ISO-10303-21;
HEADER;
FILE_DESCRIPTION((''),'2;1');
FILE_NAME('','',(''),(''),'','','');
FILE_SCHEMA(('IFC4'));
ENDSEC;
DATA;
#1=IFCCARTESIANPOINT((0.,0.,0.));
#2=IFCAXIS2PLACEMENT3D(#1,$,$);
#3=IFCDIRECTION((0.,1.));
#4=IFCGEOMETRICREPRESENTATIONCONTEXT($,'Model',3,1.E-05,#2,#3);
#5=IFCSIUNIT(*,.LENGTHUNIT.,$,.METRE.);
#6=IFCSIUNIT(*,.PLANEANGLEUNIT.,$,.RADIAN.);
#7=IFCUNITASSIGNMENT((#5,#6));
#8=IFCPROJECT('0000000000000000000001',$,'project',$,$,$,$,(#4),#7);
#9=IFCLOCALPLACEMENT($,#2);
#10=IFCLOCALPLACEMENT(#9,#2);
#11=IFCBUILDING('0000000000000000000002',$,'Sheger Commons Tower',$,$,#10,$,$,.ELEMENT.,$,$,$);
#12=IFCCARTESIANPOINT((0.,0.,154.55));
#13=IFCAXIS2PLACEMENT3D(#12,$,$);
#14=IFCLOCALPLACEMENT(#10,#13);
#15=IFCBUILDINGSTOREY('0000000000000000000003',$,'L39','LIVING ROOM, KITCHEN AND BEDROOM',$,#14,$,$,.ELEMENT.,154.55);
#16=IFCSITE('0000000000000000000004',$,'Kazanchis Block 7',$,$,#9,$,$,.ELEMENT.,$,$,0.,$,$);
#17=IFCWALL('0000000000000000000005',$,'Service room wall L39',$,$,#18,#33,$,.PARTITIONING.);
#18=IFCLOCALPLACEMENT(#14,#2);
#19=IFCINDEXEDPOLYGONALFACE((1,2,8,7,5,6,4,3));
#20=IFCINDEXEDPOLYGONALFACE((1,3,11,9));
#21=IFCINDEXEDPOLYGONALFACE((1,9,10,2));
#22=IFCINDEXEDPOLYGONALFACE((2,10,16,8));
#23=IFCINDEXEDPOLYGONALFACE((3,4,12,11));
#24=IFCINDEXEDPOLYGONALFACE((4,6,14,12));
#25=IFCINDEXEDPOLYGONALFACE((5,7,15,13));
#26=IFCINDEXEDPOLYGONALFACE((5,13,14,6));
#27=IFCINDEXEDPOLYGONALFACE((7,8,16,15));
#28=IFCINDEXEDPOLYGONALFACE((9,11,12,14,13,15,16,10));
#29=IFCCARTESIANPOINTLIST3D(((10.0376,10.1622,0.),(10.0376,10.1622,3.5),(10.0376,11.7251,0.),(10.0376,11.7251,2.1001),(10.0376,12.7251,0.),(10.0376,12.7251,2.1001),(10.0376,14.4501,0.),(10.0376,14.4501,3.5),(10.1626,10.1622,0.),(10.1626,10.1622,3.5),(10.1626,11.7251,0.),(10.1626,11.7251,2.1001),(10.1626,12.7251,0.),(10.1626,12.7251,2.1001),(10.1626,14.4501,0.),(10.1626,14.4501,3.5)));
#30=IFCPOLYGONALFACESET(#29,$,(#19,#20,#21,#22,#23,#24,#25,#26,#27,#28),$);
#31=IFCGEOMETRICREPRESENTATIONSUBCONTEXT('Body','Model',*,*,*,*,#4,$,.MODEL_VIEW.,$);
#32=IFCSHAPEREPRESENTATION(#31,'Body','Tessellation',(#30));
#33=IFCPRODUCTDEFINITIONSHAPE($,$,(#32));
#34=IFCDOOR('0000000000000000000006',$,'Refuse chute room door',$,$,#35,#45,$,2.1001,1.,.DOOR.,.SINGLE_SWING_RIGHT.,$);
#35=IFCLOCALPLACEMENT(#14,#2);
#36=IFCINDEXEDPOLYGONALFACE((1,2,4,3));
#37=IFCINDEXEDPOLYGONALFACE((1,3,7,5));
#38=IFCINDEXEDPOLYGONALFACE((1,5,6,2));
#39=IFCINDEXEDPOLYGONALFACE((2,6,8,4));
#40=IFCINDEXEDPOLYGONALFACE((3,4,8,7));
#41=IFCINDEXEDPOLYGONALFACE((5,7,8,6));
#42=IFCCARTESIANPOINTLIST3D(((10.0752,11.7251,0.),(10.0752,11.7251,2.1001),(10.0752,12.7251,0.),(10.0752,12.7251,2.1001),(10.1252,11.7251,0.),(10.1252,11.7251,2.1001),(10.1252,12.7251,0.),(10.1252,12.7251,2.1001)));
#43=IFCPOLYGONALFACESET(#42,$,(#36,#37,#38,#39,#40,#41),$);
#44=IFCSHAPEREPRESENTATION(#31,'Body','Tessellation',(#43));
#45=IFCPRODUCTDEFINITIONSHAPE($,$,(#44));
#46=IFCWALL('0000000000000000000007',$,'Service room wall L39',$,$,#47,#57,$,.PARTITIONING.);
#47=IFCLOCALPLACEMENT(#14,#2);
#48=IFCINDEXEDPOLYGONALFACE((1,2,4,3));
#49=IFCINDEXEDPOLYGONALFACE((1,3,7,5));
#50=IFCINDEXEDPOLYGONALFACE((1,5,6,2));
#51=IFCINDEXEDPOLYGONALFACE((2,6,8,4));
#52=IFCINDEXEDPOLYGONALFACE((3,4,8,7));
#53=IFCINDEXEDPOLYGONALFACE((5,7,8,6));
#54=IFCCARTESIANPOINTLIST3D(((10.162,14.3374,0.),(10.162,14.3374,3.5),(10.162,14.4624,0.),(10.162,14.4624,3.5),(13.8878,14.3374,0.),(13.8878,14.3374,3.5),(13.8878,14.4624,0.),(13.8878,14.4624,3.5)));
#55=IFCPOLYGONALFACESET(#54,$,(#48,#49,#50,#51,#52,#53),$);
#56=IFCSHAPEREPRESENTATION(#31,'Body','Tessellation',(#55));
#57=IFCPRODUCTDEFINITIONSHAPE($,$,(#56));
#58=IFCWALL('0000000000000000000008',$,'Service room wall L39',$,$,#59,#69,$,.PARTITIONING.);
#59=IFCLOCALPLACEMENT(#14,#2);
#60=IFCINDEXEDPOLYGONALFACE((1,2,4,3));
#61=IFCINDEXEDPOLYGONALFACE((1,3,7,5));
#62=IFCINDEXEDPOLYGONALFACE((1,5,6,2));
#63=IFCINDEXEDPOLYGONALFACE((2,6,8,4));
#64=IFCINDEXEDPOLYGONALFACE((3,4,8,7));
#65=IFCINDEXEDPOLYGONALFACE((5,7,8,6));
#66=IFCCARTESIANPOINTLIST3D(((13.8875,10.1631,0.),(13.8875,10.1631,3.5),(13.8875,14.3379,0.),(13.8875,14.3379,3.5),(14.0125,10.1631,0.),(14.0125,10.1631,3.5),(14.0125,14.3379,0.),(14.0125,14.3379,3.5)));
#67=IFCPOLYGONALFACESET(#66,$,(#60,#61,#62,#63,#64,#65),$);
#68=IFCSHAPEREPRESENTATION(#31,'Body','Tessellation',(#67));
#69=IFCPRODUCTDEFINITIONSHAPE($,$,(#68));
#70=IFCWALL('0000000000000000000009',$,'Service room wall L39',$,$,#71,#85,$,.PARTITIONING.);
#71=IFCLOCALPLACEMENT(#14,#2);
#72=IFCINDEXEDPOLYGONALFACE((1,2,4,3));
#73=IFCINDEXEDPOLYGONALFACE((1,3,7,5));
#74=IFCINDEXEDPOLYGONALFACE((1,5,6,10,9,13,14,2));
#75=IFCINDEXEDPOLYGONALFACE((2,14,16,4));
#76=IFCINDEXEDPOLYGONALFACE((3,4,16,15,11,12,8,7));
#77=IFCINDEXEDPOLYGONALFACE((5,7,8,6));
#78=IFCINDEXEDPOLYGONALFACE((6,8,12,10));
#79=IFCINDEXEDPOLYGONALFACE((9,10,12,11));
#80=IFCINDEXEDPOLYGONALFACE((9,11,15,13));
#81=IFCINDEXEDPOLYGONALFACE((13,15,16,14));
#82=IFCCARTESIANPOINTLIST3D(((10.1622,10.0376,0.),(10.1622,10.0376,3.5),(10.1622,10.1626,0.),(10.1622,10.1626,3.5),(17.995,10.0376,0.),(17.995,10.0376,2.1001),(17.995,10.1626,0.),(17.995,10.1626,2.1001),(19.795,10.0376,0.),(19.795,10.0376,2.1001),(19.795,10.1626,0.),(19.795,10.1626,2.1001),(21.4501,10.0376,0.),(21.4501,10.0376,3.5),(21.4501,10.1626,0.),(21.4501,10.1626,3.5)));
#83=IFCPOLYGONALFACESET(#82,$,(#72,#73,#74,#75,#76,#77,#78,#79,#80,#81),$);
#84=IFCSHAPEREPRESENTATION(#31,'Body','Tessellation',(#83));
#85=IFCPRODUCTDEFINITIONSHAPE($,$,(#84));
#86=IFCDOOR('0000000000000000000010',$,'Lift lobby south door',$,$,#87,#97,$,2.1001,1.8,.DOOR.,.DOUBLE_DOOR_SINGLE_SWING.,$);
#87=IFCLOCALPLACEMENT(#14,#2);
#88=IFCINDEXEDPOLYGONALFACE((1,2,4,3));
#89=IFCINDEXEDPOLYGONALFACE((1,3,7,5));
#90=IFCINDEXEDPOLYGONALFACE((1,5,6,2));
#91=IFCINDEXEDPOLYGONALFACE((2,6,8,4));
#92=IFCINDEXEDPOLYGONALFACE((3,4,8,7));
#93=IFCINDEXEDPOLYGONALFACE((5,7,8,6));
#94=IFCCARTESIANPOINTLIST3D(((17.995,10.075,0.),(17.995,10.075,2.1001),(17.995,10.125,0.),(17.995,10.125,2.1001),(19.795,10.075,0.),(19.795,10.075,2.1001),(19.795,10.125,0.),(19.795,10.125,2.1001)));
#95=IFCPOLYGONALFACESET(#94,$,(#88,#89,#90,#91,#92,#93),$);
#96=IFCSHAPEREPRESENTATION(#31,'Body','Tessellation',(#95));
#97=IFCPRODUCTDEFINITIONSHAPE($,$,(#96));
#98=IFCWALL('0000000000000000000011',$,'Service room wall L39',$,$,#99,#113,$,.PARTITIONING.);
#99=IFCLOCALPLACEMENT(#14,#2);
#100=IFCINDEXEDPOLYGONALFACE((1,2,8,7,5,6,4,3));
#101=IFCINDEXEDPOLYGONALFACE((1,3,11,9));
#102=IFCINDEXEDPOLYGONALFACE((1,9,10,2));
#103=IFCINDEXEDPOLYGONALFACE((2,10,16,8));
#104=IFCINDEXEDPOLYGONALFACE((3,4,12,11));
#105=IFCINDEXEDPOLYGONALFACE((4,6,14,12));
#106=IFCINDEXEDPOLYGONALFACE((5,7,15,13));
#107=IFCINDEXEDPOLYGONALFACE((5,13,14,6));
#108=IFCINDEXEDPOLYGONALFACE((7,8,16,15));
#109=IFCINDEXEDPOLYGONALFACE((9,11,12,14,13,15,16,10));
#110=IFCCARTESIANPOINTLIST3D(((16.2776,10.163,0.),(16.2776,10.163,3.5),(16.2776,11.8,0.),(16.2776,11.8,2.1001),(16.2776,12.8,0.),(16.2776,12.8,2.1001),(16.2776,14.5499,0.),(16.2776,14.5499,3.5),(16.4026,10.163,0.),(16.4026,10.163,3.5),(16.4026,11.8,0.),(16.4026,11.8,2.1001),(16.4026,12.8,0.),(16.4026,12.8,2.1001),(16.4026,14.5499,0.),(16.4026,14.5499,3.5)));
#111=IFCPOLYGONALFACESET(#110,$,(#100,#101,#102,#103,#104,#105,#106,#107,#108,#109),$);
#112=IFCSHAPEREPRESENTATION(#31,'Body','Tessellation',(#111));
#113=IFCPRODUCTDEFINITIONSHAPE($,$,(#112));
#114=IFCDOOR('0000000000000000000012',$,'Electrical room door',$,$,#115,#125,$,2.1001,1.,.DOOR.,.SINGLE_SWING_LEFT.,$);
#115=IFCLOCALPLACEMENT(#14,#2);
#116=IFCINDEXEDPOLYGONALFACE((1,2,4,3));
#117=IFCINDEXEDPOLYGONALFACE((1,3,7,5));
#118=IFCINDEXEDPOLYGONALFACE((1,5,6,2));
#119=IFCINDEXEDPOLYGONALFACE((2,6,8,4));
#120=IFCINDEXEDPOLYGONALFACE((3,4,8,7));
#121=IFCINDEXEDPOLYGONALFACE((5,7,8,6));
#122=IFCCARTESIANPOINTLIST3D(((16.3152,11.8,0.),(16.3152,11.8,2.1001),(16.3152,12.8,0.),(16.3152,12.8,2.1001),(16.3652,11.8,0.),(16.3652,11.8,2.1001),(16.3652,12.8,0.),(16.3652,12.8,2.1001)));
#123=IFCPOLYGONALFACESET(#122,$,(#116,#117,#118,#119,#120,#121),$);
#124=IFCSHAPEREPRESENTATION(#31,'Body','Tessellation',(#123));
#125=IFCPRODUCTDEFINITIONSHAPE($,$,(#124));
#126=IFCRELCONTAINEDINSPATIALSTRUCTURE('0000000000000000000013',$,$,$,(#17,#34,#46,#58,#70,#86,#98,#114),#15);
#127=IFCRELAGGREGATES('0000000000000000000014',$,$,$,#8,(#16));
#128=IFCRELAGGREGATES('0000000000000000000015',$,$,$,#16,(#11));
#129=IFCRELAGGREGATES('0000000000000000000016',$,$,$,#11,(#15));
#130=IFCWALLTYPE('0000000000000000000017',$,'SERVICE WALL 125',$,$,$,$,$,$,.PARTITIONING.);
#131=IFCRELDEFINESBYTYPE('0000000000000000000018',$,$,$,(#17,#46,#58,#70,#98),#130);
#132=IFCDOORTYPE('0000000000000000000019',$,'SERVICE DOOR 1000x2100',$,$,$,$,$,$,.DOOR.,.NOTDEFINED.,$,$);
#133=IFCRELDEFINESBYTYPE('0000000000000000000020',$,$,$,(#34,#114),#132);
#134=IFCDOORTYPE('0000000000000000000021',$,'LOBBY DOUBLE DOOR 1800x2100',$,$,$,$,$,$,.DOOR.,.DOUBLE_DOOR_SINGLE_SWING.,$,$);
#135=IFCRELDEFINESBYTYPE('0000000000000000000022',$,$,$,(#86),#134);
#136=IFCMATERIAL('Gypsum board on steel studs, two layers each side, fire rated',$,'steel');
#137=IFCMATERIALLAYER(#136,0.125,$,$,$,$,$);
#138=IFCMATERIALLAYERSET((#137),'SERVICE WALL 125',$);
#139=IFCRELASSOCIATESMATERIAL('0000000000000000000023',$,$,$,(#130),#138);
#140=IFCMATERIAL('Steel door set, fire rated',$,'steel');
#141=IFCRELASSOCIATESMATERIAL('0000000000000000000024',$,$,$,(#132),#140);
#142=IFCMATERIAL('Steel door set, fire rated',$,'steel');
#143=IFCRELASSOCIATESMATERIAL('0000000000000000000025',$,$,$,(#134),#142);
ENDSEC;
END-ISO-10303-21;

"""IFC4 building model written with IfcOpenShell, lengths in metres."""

from ifc_helpers import new_model, si_unit, direction, frame, frame_2d, origin, place, context, subcontext, project, spatial, rectangle, extrude, material, layer, layer_set, type_object, element, fill, save


model = new_model("IFC4")

# Units and contexts
model_context = context("Model", 3, precision=1e-05, world=origin(), true_north=direction((0.0, 1.0)))
body_context = subcontext(model_context, "Body", "Model", "MODEL_VIEW")
ifc_project = project(units=[si_unit("LENGTHUNIT", "METRE"), si_unit("PLANEANGLEUNIT", "RADIAN")], contexts=[model_context])

# Site, building, storey
site_placement = place(None, origin())
site = spatial("IfcSite", under=ifc_project, at=site_placement, Name="Kazanchis Block 7", CompositionType="ELEMENT", RefElevation=0.0)
building_placement = place(site_placement, origin())
building = spatial("IfcBuilding", under=site, at=building_placement, Name="Sheger Commons Tower", CompositionType="ELEMENT")
storey_placement = place(building_placement, frame((0.0, 0.0, 154.55)))
storey = spatial("IfcBuildingStorey", under=building, at=storey_placement, Name="L39", Description="LIVING ROOM, KITCHEN AND BEDROOM", CompositionType="ELEMENT", Elevation=154.55)

# Wall, opening, door
ifc_material_1 = material(Name="Gypsum board on steel studs, two layers each side, fire rated", Category="steel")
ifc_layer_1 = layer(ifc_material_1, 0.125)
ifc_layer_set_1 = layer_set([ifc_layer_1], Name="SERVICE WALL 125")
wall_type_1 = type_object("IfcWallType", Name="SERVICE WALL 125", PredefinedType="PARTITIONING", material=ifc_layer_set_1)
wall_1_placement = place(storey_placement, frame((10.1001, 10.1621, 0.0), z_axis=(0.0, 0.0, 1.0), x_axis=(0.0, 1.0, 0.0)))
wall_1 = element("IfcWall", 1, at=wall_1_placement, inside=storey, type_object=wall_type_1, Name="Service room wall L39", PredefinedType="PARTITIONING", context=body_context, shape_type="SweptSolid", body=[
    extrude(rectangle(XDim=4.2878, YDim=0.125, at=frame_2d((2.144, 0.0))), origin(), (0.0, 0.0, 1.0), 3.5),
])
opening_1_placement = place(wall_1_placement, frame((1.563, 0.0, 0.0)))
opening_1 = element("IfcOpeningElement", 2, at=opening_1_placement, cuts=wall_1, PredefinedType="OPENING", context=body_context, shape_type="SweptSolid", body=[
    extrude(rectangle(XDim=1.0, YDim=2.1001, at=frame_2d((0.5, 1.05))), frame((0.0, 0.0725, 0.0), z_axis=(0.0, -1.0, 0.0), x_axis=(1.0, 0.0, 0.0)), (0.0, 0.0, 1.0), 0.145),
])
ifc_material_2 = material(Name="Steel door set, fire rated", Category="steel")
door_type_1 = type_object("IfcDoorType", Name="SERVICE DOOR 1000x2100", OperationType="NOTDEFINED", PredefinedType="DOOR", material=ifc_material_2)
door_1_placement = place(opening_1_placement, origin())
door_1 = element("IfcDoor", 3, at=door_1_placement, inside=storey, type_object=door_type_1, Name="Refuse chute room door", OperationType="SINGLE_SWING_RIGHT", OverallHeight=2.1001, OverallWidth=1.0, PredefinedType="DOOR", context=body_context, shape_type="SweptSolid", body=[
    extrude(rectangle(XDim=1.0, YDim=2.1001, at=frame_2d((0.5, 1.05))), frame((0.0, 0.0249, 0.0), z_axis=(0.0, -1.0, 0.0), x_axis=(1.0, 0.0, 0.0)), (0.0, 0.0, 1.0), 0.05),
])
fill(opening_1, door_1)

# Walls
wall_2_placement = place(storey_placement, frame((10.1621, 14.3999, 0.0), z_axis=(0.0, 0.0, 1.0), x_axis=(1.0, 0.0, 0.0)))
element("IfcWall", 4, at=wall_2_placement, inside=storey, type_object=wall_type_1, Name="Service room wall L39", PredefinedType="PARTITIONING", context=body_context, shape_type="SweptSolid", body=[
    extrude(rectangle(XDim=3.7258, YDim=0.125, at=frame_2d((1.8628, 0.0))), origin(), (0.0, 0.0, 1.0), 3.5),
])
wall_3_placement = place(storey_placement, frame((13.95, 10.1631, 0.0), z_axis=(0.0, 0.0, 1.0), x_axis=(0.0, 1.0, 0.0)))
element("IfcWall", 5, at=wall_3_placement, inside=storey, type_object=wall_type_1, Name="Service room wall L39", PredefinedType="PARTITIONING", context=body_context, shape_type="SweptSolid", body=[
    extrude(rectangle(XDim=4.1748, YDim=0.125, at=frame_2d((2.0874, 0.0))), origin(), (0.0, 0.0, 1.0), 3.5),
])

# Walls, openings, doors
wall_4_placement = place(storey_placement, frame((10.1621, 10.1001, 0.0), z_axis=(0.0, 0.0, 1.0), x_axis=(1.0, 0.0, 0.0)))
wall_4 = element("IfcWall", 6, at=wall_4_placement, inside=storey, type_object=wall_type_1, Name="Service room wall L39", PredefinedType="PARTITIONING", context=body_context, shape_type="SweptSolid", body=[
    extrude(rectangle(XDim=11.2878, YDim=0.125, at=frame_2d((5.644, 0.0))), origin(), (0.0, 0.0, 1.0), 3.5),
])
opening_2_placement = place(wall_4_placement, frame((7.833, 0.0, 0.0)))
opening_2 = element("IfcOpeningElement", 7, at=opening_2_placement, cuts=wall_4, PredefinedType="OPENING", context=body_context, shape_type="SweptSolid", body=[
    extrude(rectangle(XDim=1.8, YDim=2.1001, at=frame_2d((0.8999, 1.05))), frame((0.0, 0.0725, 0.0), z_axis=(0.0, -1.0, 0.0), x_axis=(1.0, 0.0, 0.0)), (0.0, 0.0, 1.0), 0.145),
])
ifc_material_3 = material(Name="Steel door set, fire rated", Category="steel")
door_type_2 = type_object("IfcDoorType", Name="LOBBY DOUBLE DOOR 1800x2100", OperationType="DOUBLE_DOOR_SINGLE_SWING", PredefinedType="DOOR", material=ifc_material_3)
door_2_placement = place(opening_2_placement, origin())
door_2 = element("IfcDoor", 8, at=door_2_placement, inside=storey, type_object=door_type_2, Name="Lift lobby south door", OperationType="DOUBLE_DOOR_SINGLE_SWING", OverallHeight=2.1001, OverallWidth=1.8, PredefinedType="DOOR", context=body_context, shape_type="SweptSolid", body=[
    extrude(rectangle(XDim=1.8, YDim=2.1001, at=frame_2d((0.8999, 1.05))), frame((0.0, 0.0249, 0.0), z_axis=(0.0, -1.0, 0.0), x_axis=(1.0, 0.0, 0.0)), (0.0, 0.0, 1.0), 0.05),
])
fill(opening_2, door_2)
wall_5_placement = place(storey_placement, frame((16.3401, 10.1631, 0.0), z_axis=(0.0, 0.0, 1.0), x_axis=(0.0, 1.0, 0.0)))
wall_5 = element("IfcWall", 9, at=wall_5_placement, inside=storey, type_object=wall_type_1, Name="Service room wall L39", PredefinedType="PARTITIONING", context=body_context, shape_type="SweptSolid", body=[
    extrude(rectangle(XDim=4.387, YDim=0.125, at=frame_2d((2.1934, 0.0))), origin(), (0.0, 0.0, 1.0), 3.5),
])
opening_3_placement = place(wall_5_placement, frame((1.637, 0.0, 0.0)))
opening_3 = element("IfcOpeningElement", 10, at=opening_3_placement, cuts=wall_5, PredefinedType="OPENING", context=body_context, shape_type="SweptSolid", body=[
    extrude(rectangle(XDim=1.0, YDim=2.1001, at=frame_2d((0.5, 1.05))), frame((0.0, 0.0725, 0.0), z_axis=(0.0, -1.0, 0.0), x_axis=(1.0, 0.0, 0.0)), (0.0, 0.0, 1.0), 0.145),
])
door_3_placement = place(opening_3_placement, origin())
door_3 = element("IfcDoor", 11, at=door_3_placement, inside=storey, type_object=door_type_1, Name="Electrical room door", OperationType="SINGLE_SWING_LEFT", OverallHeight=2.1001, OverallWidth=1.0, PredefinedType="DOOR", context=body_context, shape_type="SweptSolid", body=[
    extrude(rectangle(XDim=1.0, YDim=2.1001, at=frame_2d((0.5, 1.05))), frame((0.0, 0.0249, 0.0), z_axis=(0.0, -1.0, 0.0), x_axis=(1.0, 0.0, 0.0)), (0.0, 0.0, 1.0), 0.05),
])
fill(opening_3, door_3)

save(model, "model.ifc")
